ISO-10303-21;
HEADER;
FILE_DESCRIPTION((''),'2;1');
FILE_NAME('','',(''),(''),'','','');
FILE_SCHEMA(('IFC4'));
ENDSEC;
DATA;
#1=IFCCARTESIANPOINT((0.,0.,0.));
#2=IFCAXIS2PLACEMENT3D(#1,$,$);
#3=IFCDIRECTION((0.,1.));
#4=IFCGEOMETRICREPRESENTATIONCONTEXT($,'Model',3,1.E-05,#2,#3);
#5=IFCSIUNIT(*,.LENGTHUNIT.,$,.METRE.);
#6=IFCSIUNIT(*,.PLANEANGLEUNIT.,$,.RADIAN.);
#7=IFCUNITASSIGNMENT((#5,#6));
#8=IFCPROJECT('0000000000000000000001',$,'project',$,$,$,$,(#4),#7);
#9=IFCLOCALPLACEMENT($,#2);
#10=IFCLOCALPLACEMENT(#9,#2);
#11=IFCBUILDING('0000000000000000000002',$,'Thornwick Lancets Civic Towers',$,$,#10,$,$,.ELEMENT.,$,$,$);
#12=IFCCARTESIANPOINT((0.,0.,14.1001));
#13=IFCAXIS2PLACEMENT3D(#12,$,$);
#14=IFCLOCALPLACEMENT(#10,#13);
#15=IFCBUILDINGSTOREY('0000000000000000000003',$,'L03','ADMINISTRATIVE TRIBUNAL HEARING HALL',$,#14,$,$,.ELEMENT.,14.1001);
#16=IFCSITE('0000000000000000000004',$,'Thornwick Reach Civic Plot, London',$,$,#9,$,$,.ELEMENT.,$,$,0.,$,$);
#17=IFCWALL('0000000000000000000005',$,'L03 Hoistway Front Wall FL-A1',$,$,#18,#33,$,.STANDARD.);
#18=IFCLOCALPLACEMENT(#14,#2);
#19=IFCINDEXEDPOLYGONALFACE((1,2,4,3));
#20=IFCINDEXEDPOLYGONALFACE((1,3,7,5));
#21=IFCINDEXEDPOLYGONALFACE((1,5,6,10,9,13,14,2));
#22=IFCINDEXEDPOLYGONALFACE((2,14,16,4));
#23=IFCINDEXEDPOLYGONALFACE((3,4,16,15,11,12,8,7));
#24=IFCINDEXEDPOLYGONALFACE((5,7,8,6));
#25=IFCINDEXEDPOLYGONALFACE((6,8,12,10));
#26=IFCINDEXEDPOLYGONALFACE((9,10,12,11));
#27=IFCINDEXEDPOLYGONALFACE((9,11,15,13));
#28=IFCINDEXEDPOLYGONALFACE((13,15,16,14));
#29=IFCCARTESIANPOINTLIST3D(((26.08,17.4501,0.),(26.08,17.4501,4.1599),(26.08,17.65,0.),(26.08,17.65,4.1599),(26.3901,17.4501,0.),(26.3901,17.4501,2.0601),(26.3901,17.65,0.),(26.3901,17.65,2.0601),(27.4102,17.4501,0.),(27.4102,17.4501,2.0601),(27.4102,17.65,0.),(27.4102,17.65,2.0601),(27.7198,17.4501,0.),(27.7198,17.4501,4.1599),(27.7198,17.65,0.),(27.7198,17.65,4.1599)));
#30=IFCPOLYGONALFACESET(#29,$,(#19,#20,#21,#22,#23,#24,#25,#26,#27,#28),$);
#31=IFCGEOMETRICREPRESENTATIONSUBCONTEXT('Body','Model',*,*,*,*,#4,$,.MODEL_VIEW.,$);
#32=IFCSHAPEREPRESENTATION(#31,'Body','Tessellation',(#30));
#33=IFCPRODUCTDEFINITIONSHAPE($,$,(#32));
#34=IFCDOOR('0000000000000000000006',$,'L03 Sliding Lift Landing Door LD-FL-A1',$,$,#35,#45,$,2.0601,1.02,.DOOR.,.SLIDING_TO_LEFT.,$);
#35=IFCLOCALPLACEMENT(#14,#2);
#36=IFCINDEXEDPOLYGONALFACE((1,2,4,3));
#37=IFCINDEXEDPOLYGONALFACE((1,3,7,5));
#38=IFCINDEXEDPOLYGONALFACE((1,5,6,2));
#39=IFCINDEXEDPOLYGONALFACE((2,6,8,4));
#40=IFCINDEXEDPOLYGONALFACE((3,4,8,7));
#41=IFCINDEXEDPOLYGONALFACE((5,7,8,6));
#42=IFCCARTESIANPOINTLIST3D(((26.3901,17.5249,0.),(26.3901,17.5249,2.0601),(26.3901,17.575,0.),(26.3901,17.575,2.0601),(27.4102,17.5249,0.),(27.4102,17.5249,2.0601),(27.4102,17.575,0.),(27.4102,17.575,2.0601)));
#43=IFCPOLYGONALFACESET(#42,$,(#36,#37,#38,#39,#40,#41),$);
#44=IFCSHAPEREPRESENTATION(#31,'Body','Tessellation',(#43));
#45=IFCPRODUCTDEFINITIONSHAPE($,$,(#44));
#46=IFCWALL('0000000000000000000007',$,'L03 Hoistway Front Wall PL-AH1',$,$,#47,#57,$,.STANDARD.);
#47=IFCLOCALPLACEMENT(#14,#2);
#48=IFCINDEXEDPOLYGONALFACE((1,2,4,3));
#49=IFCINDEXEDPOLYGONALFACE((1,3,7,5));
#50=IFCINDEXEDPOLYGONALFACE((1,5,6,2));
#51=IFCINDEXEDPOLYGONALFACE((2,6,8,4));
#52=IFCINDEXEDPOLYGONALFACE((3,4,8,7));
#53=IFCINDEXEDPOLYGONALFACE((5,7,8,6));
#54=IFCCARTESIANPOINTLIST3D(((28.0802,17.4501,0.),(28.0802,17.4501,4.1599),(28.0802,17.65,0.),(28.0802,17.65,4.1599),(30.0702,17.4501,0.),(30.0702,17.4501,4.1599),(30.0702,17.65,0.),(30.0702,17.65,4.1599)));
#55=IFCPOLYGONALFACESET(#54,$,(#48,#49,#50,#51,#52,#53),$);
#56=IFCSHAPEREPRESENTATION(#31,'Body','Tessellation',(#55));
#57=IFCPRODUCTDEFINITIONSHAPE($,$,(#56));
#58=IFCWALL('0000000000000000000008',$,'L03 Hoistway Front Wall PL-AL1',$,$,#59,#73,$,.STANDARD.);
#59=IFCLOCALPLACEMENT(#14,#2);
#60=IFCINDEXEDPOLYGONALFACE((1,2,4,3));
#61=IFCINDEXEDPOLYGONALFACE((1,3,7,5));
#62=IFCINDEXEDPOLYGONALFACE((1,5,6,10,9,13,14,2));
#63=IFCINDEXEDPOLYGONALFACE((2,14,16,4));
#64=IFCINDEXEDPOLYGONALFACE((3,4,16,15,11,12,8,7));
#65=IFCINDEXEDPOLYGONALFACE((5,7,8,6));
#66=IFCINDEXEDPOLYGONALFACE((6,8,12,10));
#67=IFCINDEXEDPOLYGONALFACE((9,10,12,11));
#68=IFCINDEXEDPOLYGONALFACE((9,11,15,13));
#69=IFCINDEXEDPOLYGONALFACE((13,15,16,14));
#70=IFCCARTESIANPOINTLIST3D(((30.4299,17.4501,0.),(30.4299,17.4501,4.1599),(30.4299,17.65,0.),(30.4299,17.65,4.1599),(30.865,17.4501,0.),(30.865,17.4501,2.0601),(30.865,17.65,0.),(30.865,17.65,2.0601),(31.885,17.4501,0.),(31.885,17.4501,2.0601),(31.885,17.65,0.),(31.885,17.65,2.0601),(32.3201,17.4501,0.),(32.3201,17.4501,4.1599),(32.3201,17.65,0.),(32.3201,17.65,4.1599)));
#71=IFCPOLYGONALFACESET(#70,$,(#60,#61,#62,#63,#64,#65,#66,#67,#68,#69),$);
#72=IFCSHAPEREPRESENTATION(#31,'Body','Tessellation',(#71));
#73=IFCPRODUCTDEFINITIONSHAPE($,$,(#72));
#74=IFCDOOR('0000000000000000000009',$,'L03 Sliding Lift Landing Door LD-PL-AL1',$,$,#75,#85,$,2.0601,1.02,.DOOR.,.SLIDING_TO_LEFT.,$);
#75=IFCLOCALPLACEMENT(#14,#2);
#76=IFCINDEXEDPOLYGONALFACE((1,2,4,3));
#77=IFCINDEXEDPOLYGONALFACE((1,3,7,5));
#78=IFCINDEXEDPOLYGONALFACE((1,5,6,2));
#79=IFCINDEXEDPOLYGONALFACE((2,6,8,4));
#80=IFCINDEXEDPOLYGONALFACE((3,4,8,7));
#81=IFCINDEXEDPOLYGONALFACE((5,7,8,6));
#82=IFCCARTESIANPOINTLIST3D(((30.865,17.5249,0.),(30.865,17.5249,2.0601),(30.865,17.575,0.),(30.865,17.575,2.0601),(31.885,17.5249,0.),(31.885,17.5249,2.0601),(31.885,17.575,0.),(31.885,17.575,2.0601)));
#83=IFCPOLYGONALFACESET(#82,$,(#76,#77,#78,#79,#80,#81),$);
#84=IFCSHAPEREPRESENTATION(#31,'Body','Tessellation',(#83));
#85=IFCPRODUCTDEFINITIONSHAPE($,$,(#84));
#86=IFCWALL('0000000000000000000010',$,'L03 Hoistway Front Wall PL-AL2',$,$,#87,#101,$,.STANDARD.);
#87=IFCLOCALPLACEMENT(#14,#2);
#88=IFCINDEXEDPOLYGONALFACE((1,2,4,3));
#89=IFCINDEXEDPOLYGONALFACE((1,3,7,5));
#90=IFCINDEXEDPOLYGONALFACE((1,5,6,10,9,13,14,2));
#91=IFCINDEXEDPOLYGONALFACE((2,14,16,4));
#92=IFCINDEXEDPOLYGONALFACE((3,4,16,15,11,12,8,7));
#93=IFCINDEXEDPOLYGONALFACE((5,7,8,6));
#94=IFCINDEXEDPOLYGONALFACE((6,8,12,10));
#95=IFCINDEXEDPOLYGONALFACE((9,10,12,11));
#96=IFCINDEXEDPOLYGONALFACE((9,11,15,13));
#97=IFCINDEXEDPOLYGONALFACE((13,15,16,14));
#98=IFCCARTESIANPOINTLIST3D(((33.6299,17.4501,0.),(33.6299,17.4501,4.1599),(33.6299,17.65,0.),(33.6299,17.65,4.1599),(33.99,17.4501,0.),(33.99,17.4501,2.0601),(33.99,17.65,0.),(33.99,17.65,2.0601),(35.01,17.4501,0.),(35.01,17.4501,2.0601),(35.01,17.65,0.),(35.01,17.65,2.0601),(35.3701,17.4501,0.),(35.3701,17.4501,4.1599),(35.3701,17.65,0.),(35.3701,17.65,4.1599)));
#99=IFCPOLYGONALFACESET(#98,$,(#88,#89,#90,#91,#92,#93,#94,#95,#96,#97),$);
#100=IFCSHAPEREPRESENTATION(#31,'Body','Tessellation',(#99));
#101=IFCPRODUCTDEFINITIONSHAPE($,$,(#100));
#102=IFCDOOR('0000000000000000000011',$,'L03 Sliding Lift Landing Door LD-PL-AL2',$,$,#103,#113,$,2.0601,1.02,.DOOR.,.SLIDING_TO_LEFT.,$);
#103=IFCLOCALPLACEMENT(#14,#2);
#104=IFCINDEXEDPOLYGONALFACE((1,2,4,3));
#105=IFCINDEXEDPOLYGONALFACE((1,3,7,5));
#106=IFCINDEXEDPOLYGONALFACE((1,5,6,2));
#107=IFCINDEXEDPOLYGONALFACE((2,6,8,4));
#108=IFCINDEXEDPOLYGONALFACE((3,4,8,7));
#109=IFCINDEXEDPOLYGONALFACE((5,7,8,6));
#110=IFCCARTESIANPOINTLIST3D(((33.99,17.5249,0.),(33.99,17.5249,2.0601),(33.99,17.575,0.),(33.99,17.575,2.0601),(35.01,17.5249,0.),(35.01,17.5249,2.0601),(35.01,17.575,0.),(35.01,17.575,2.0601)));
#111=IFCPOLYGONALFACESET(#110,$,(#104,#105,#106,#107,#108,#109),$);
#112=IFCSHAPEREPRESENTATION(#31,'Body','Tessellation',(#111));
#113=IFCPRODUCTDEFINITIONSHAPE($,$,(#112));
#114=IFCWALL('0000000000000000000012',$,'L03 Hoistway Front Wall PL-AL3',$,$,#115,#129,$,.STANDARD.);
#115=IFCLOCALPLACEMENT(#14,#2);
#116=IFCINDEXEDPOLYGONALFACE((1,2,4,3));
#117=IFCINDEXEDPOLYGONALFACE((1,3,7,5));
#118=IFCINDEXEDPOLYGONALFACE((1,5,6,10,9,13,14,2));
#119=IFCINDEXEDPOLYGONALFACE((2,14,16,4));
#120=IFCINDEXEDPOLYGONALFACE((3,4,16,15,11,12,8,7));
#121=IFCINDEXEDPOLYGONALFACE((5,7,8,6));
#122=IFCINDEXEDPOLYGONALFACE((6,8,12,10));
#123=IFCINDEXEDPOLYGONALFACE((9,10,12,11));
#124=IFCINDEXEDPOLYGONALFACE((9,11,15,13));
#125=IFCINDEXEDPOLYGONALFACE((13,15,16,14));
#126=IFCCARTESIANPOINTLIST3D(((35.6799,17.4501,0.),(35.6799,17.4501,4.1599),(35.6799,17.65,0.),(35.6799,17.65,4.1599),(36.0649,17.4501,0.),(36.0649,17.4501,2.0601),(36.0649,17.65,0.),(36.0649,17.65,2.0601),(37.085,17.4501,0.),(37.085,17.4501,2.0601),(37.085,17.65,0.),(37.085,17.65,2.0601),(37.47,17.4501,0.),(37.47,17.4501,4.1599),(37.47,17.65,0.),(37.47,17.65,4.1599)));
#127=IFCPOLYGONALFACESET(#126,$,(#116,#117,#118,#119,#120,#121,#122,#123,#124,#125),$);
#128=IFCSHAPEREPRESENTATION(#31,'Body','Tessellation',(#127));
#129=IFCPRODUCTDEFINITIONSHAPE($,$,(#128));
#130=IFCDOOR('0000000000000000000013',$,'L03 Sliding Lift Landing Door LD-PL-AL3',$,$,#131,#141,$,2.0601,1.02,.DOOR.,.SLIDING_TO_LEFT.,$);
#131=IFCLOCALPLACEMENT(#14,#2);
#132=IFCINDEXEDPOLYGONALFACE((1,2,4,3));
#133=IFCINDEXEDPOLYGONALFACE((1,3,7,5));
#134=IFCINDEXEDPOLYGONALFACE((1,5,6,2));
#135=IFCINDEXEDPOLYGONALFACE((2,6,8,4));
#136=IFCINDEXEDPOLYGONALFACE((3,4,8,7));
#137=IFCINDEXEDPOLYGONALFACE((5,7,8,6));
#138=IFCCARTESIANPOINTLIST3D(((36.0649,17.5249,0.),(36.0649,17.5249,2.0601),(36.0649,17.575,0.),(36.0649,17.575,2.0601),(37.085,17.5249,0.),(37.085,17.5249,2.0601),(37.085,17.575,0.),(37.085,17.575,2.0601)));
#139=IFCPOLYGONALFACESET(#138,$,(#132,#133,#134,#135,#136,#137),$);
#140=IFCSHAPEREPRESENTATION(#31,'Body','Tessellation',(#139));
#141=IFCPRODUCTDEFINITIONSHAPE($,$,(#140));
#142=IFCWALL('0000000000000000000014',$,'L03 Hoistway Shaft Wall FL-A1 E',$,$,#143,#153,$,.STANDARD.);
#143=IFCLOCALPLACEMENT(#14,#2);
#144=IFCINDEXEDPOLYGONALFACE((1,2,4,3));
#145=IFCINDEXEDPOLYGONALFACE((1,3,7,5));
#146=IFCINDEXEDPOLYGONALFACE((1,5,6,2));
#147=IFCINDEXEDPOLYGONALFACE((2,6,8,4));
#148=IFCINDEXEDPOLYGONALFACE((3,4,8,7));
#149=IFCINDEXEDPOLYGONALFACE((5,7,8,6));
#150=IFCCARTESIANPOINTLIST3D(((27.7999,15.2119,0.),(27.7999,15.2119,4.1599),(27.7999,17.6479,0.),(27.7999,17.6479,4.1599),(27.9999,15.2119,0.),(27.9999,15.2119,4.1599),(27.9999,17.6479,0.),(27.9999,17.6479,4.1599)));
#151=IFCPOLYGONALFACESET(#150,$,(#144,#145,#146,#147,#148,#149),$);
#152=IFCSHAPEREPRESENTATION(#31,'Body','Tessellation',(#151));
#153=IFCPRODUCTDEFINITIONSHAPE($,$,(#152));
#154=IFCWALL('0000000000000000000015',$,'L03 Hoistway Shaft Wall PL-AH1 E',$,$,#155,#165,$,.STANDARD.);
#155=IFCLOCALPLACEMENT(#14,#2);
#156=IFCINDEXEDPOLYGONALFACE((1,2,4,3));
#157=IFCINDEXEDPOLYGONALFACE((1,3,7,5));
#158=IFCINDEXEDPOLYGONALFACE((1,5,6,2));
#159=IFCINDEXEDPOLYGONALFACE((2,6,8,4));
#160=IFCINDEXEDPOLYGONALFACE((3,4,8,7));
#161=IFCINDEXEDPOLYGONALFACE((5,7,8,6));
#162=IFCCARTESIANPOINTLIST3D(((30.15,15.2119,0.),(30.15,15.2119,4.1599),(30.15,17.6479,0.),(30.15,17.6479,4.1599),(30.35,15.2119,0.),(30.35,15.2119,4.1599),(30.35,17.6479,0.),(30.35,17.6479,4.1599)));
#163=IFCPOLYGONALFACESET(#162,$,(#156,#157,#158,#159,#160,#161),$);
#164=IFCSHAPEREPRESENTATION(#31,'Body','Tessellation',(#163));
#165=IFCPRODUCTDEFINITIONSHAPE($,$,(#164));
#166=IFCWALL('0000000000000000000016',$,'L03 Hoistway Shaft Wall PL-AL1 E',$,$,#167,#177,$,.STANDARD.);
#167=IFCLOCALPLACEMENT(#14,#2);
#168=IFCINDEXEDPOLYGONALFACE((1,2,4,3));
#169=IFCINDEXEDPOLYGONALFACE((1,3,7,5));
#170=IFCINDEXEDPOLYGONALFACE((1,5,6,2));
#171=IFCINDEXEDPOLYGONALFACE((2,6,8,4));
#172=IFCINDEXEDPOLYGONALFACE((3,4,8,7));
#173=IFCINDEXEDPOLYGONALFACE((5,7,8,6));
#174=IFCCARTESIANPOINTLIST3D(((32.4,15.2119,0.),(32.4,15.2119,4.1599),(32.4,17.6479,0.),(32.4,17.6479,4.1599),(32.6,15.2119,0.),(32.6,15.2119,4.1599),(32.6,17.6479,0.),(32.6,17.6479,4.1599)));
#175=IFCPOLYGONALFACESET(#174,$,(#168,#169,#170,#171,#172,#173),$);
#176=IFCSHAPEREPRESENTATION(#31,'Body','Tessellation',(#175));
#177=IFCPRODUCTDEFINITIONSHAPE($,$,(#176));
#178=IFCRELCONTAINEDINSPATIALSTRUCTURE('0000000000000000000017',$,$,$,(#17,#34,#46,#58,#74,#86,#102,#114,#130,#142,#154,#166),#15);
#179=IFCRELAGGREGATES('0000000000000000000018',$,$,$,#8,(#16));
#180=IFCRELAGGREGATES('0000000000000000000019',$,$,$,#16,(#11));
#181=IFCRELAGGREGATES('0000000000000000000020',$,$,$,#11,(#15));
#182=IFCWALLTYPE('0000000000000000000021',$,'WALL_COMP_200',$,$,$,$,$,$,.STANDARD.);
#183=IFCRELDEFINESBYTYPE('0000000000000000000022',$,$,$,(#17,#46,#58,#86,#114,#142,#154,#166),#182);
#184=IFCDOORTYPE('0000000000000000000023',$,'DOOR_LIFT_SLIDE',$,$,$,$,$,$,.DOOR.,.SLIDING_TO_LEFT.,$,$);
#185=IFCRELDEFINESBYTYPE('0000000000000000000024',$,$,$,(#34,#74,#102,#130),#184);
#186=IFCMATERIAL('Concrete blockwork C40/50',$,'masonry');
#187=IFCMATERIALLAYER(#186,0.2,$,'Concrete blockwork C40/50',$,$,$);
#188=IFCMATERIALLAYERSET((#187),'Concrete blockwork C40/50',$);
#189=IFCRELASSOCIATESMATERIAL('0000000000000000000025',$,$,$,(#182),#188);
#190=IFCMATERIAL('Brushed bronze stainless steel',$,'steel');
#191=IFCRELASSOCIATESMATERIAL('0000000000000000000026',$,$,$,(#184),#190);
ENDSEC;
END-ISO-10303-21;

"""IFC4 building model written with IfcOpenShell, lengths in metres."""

from ifc_helpers import new_model, si_unit, direction, frame, frame_2d, origin, place, context, subcontext, project, spatial, rectangle, extrude, material, layer, layer_set, type_object, element, fill, save


model = new_model("IFC4")

# Units and contexts
model_context = context("Model", 3, precision=1e-05, world=origin(), true_north=direction((0.0, 1.0)))
body_context = subcontext(model_context, "Body", "Model", "MODEL_VIEW")
ifc_project = project(units=[si_unit("LENGTHUNIT", "METRE"), si_unit("PLANEANGLEUNIT", "RADIAN")], contexts=[model_context])

# Site, building, storey
site_placement = place(None, origin())
site = spatial("IfcSite", under=ifc_project, at=site_placement, Name="Thornwick Reach Civic Plot, London", CompositionType="ELEMENT", RefElevation=0.0)
building_placement = place(site_placement, origin())
building = spatial("IfcBuilding", under=site, at=building_placement, Name="Thornwick Lancets Civic Towers", CompositionType="ELEMENT")
storey_placement = place(building_placement, frame((0.0, 0.0, 14.1001)))
storey = spatial("IfcBuildingStorey", under=building, at=storey_placement, Name="L03", Description="ADMINISTRATIVE TRIBUNAL HEARING HALL", CompositionType="ELEMENT", Elevation=14.1001)

# Wall, opening, door
ifc_material_1 = material(Name="Concrete blockwork C40/50", Category="masonry")
ifc_layer_1 = layer(ifc_material_1, 0.2, Name="Concrete blockwork C40/50")
ifc_layer_set_1 = layer_set([ifc_layer_1], Name="Concrete blockwork C40/50")
wall_type_1 = type_object("IfcWallType", Name="WALL_COMP_200", PredefinedType="STANDARD", material=ifc_layer_set_1)
wall_1_placement = place(storey_placement, frame((26.0801, 17.55, 0.0), z_axis=(0.0, 0.0, 1.0), x_axis=(1.0, 0.0, 0.0)))
wall_1 = element("IfcWall", 1, at=wall_1_placement, inside=storey, type_object=wall_type_1, Name="L03 Hoistway Front Wall FL-A1", PredefinedType="STANDARD", context=body_context, shape_type="SweptSolid", body=[
    extrude(rectangle(XDim=1.6399, YDim=0.2, at=frame_2d((0.8198, 0.0))), origin(), (0.0, 0.0, 1.0), 4.1599),
])
opening_1_placement = place(wall_1_placement, frame((0.3101, 0.0, 0.0)))
opening_1 = element("IfcOpeningElement", 2, at=opening_1_placement, cuts=wall_1, PredefinedType="OPENING", context=body_context, shape_type="SweptSolid", body=[
    extrude(rectangle(XDim=1.02, YDim=2.0601, at=frame_2d((0.51, 1.03))), frame((0.0, 0.1099, 0.0), z_axis=(0.0, -1.0, 0.0), x_axis=(1.0, 0.0, 0.0)), (0.0, 0.0, 1.0), 0.22),
])
ifc_material_2 = material(Name="Brushed bronze stainless steel", Category="steel")
door_type = type_object("IfcDoorType", Name="DOOR_LIFT_SLIDE", OperationType="SLIDING_TO_LEFT", PredefinedType="DOOR", material=ifc_material_2)
door_1_placement = place(opening_1_placement, origin())
door_1 = element("IfcDoor", 3, at=door_1_placement, inside=storey, type_object=door_type, Name="L03 Sliding Lift Landing Door LD-FL-A1", OperationType="SLIDING_TO_LEFT", OverallHeight=2.0601, OverallWidth=1.02, PredefinedType="DOOR", context=body_context, shape_type="SweptSolid", body=[
    extrude(rectangle(XDim=1.02, YDim=2.0601, at=frame_2d((0.51, 1.03))), frame((0.0, 0.0249, 0.0), z_axis=(0.0, -1.0, 0.0), x_axis=(1.0, 0.0, 0.0)), (0.0, 0.0, 1.0), 0.05),
])
fill(opening_1, door_1)

# Wall
wall_2_placement = place(storey_placement, frame((28.0801, 17.55, 0.0), z_axis=(0.0, 0.0, 1.0), x_axis=(1.0, 0.0, 0.0)))
element("IfcWall", 4, at=wall_2_placement, inside=storey, type_object=wall_type_1, Name="L03 Hoistway Front Wall PL-AH1", PredefinedType="STANDARD", context=body_context, shape_type="SweptSolid", body=[
    extrude(rectangle(XDim=1.99, YDim=0.2, at=frame_2d((0.9951, 0.0))), origin(), (0.0, 0.0, 1.0), 4.1599),
])

# Walls, openings, doors
wall_3_placement = place(storey_placement, frame((30.4299, 17.55, 0.0), z_axis=(0.0, 0.0, 1.0), x_axis=(1.0, 0.0, 0.0)))
wall_3 = element("IfcWall", 5, at=wall_3_placement, inside=storey, type_object=wall_type_1, Name="L03 Hoistway Front Wall PL-AL1", PredefinedType="STANDARD", context=body_context, shape_type="SweptSolid", body=[
    extrude(rectangle(XDim=1.8901, YDim=0.2, at=frame_2d((0.9451, 0.0))), origin(), (0.0, 0.0, 1.0), 4.1599),
])
opening_2_placement = place(wall_3_placement, frame((0.4351, 0.0, 0.0)))
opening_2 = element("IfcOpeningElement", 6, at=opening_2_placement, cuts=wall_3, PredefinedType="OPENING", context=body_context, shape_type="SweptSolid", body=[
    extrude(rectangle(XDim=1.02, YDim=2.0601, at=frame_2d((0.51, 1.03))), frame((0.0, 0.1099, 0.0), z_axis=(0.0, -1.0, 0.0), x_axis=(1.0, 0.0, 0.0)), (0.0, 0.0, 1.0), 0.22),
])
door_2_placement = place(opening_2_placement, origin())
door_2 = element("IfcDoor", 7, at=door_2_placement, inside=storey, type_object=door_type, Name="L03 Sliding Lift Landing Door LD-PL-AL1", OperationType="SLIDING_TO_LEFT", OverallHeight=2.0601, OverallWidth=1.02, PredefinedType="DOOR", context=body_context, shape_type="SweptSolid", body=[
    extrude(rectangle(XDim=1.02, YDim=2.0601, at=frame_2d((0.51, 1.03))), frame((0.0, 0.0249, 0.0), z_axis=(0.0, -1.0, 0.0), x_axis=(1.0, 0.0, 0.0)), (0.0, 0.0, 1.0), 0.05),
])
fill(opening_2, door_2)
wall_4_placement = place(storey_placement, frame((33.6299, 17.55, 0.0), z_axis=(0.0, 0.0, 1.0), x_axis=(1.0, 0.0, 0.0)))
wall_4 = element("IfcWall", 8, at=wall_4_placement, inside=storey, type_object=wall_type_1, Name="L03 Hoistway Front Wall PL-AL2", PredefinedType="STANDARD", context=body_context, shape_type="SweptSolid", body=[
    extrude(rectangle(XDim=1.7402, YDim=0.2, at=frame_2d((0.8701, 0.0))), origin(), (0.0, 0.0, 1.0), 4.1599),
])
opening_3_placement = place(wall_4_placement, frame((0.3601, 0.0, 0.0)))
opening_3 = element("IfcOpeningElement", 9, at=opening_3_placement, cuts=wall_4, PredefinedType="OPENING", context=body_context, shape_type="SweptSolid", body=[
    extrude(rectangle(XDim=1.02, YDim=2.0601, at=frame_2d((0.51, 1.03))), frame((0.0, 0.1099, 0.0), z_axis=(0.0, -1.0, 0.0), x_axis=(1.0, 0.0, 0.0)), (0.0, 0.0, 1.0), 0.22),
])
door_3_placement = place(opening_3_placement, origin())
door_3 = element("IfcDoor", 10, at=door_3_placement, inside=storey, type_object=door_type, Name="L03 Sliding Lift Landing Door LD-PL-AL2", OperationType="SLIDING_TO_LEFT", OverallHeight=2.0601, OverallWidth=1.02, PredefinedType="DOOR", context=body_context, shape_type="SweptSolid", body=[
    extrude(rectangle(XDim=1.02, YDim=2.0601, at=frame_2d((0.51, 1.03))), frame((0.0, 0.0249, 0.0), z_axis=(0.0, -1.0, 0.0), x_axis=(1.0, 0.0, 0.0)), (0.0, 0.0, 1.0), 0.05),
])
fill(opening_3, door_3)
wall_5_placement = place(storey_placement, frame((35.6799, 17.55, 0.0), z_axis=(0.0, 0.0, 1.0), x_axis=(1.0, 0.0, 0.0)))
wall_5 = element("IfcWall", 11, at=wall_5_placement, inside=storey, type_object=wall_type_1, Name="L03 Hoistway Front Wall PL-AL3", PredefinedType="STANDARD", context=body_context, shape_type="SweptSolid", body=[
    extrude(rectangle(XDim=1.79, YDim=0.2, at=frame_2d((0.895, 0.0))), origin(), (0.0, 0.0, 1.0), 4.1599),
])
opening_4_placement = place(wall_5_placement, frame((0.385, 0.0, 0.0)))
opening_4 = element("IfcOpeningElement", 12, at=opening_4_placement, cuts=wall_5, PredefinedType="OPENING", context=body_context, shape_type="SweptSolid", body=[
    extrude(rectangle(XDim=1.02, YDim=2.0601, at=frame_2d((0.51, 1.03))), frame((0.0, 0.1099, 0.0), z_axis=(0.0, -1.0, 0.0), x_axis=(1.0, 0.0, 0.0)), (0.0, 0.0, 1.0), 0.22),
])
door_4_placement = place(opening_4_placement, origin())
door_4 = element("IfcDoor", 13, at=door_4_placement, inside=storey, type_object=door_type, Name="L03 Sliding Lift Landing Door LD-PL-AL3", OperationType="SLIDING_TO_LEFT", OverallHeight=2.0601, OverallWidth=1.02, PredefinedType="DOOR", context=body_context, shape_type="SweptSolid", body=[
    extrude(rectangle(XDim=1.02, YDim=2.0601, at=frame_2d((0.51, 1.03))), frame((0.0, 0.0249, 0.0), z_axis=(0.0, -1.0, 0.0), x_axis=(1.0, 0.0, 0.0)), (0.0, 0.0, 1.0), 0.05),
])
fill(opening_4, door_4)

# Walls
for number, where, z_axis, x_axis, name in (
    (14, (27.8999, 15.2119, 0.0), (0.0, 0.0, 1.0), (0.0, 1.0, 0.0), "L03 Hoistway Shaft Wall FL-A1 E"),
    (15, (30.25, 15.2119, 0.0), (0.0, 0.0, 1.0), (0.0, 1.0, 0.0), "L03 Hoistway Shaft Wall PL-AH1 E"),
    (16, (32.5, 15.2119, 0.0), (0.0, 0.0, 1.0), (0.0, 1.0, 0.0), "L03 Hoistway Shaft Wall PL-AL1 E"),
):
    element("IfcWall", number, at=place(storey_placement, frame(where, z_axis=z_axis, x_axis=x_axis)), inside=storey, type_object=wall_type_1, Name=name, PredefinedType="STANDARD", context=body_context, shape_type="SweptSolid", body=[
        extrude(rectangle(XDim=2.436, YDim=0.2, at=frame_2d((1.218, 0.0))), origin(), (0.0, 0.0, 1.0), 4.1599),
    ])

save(model, "model.ifc")
